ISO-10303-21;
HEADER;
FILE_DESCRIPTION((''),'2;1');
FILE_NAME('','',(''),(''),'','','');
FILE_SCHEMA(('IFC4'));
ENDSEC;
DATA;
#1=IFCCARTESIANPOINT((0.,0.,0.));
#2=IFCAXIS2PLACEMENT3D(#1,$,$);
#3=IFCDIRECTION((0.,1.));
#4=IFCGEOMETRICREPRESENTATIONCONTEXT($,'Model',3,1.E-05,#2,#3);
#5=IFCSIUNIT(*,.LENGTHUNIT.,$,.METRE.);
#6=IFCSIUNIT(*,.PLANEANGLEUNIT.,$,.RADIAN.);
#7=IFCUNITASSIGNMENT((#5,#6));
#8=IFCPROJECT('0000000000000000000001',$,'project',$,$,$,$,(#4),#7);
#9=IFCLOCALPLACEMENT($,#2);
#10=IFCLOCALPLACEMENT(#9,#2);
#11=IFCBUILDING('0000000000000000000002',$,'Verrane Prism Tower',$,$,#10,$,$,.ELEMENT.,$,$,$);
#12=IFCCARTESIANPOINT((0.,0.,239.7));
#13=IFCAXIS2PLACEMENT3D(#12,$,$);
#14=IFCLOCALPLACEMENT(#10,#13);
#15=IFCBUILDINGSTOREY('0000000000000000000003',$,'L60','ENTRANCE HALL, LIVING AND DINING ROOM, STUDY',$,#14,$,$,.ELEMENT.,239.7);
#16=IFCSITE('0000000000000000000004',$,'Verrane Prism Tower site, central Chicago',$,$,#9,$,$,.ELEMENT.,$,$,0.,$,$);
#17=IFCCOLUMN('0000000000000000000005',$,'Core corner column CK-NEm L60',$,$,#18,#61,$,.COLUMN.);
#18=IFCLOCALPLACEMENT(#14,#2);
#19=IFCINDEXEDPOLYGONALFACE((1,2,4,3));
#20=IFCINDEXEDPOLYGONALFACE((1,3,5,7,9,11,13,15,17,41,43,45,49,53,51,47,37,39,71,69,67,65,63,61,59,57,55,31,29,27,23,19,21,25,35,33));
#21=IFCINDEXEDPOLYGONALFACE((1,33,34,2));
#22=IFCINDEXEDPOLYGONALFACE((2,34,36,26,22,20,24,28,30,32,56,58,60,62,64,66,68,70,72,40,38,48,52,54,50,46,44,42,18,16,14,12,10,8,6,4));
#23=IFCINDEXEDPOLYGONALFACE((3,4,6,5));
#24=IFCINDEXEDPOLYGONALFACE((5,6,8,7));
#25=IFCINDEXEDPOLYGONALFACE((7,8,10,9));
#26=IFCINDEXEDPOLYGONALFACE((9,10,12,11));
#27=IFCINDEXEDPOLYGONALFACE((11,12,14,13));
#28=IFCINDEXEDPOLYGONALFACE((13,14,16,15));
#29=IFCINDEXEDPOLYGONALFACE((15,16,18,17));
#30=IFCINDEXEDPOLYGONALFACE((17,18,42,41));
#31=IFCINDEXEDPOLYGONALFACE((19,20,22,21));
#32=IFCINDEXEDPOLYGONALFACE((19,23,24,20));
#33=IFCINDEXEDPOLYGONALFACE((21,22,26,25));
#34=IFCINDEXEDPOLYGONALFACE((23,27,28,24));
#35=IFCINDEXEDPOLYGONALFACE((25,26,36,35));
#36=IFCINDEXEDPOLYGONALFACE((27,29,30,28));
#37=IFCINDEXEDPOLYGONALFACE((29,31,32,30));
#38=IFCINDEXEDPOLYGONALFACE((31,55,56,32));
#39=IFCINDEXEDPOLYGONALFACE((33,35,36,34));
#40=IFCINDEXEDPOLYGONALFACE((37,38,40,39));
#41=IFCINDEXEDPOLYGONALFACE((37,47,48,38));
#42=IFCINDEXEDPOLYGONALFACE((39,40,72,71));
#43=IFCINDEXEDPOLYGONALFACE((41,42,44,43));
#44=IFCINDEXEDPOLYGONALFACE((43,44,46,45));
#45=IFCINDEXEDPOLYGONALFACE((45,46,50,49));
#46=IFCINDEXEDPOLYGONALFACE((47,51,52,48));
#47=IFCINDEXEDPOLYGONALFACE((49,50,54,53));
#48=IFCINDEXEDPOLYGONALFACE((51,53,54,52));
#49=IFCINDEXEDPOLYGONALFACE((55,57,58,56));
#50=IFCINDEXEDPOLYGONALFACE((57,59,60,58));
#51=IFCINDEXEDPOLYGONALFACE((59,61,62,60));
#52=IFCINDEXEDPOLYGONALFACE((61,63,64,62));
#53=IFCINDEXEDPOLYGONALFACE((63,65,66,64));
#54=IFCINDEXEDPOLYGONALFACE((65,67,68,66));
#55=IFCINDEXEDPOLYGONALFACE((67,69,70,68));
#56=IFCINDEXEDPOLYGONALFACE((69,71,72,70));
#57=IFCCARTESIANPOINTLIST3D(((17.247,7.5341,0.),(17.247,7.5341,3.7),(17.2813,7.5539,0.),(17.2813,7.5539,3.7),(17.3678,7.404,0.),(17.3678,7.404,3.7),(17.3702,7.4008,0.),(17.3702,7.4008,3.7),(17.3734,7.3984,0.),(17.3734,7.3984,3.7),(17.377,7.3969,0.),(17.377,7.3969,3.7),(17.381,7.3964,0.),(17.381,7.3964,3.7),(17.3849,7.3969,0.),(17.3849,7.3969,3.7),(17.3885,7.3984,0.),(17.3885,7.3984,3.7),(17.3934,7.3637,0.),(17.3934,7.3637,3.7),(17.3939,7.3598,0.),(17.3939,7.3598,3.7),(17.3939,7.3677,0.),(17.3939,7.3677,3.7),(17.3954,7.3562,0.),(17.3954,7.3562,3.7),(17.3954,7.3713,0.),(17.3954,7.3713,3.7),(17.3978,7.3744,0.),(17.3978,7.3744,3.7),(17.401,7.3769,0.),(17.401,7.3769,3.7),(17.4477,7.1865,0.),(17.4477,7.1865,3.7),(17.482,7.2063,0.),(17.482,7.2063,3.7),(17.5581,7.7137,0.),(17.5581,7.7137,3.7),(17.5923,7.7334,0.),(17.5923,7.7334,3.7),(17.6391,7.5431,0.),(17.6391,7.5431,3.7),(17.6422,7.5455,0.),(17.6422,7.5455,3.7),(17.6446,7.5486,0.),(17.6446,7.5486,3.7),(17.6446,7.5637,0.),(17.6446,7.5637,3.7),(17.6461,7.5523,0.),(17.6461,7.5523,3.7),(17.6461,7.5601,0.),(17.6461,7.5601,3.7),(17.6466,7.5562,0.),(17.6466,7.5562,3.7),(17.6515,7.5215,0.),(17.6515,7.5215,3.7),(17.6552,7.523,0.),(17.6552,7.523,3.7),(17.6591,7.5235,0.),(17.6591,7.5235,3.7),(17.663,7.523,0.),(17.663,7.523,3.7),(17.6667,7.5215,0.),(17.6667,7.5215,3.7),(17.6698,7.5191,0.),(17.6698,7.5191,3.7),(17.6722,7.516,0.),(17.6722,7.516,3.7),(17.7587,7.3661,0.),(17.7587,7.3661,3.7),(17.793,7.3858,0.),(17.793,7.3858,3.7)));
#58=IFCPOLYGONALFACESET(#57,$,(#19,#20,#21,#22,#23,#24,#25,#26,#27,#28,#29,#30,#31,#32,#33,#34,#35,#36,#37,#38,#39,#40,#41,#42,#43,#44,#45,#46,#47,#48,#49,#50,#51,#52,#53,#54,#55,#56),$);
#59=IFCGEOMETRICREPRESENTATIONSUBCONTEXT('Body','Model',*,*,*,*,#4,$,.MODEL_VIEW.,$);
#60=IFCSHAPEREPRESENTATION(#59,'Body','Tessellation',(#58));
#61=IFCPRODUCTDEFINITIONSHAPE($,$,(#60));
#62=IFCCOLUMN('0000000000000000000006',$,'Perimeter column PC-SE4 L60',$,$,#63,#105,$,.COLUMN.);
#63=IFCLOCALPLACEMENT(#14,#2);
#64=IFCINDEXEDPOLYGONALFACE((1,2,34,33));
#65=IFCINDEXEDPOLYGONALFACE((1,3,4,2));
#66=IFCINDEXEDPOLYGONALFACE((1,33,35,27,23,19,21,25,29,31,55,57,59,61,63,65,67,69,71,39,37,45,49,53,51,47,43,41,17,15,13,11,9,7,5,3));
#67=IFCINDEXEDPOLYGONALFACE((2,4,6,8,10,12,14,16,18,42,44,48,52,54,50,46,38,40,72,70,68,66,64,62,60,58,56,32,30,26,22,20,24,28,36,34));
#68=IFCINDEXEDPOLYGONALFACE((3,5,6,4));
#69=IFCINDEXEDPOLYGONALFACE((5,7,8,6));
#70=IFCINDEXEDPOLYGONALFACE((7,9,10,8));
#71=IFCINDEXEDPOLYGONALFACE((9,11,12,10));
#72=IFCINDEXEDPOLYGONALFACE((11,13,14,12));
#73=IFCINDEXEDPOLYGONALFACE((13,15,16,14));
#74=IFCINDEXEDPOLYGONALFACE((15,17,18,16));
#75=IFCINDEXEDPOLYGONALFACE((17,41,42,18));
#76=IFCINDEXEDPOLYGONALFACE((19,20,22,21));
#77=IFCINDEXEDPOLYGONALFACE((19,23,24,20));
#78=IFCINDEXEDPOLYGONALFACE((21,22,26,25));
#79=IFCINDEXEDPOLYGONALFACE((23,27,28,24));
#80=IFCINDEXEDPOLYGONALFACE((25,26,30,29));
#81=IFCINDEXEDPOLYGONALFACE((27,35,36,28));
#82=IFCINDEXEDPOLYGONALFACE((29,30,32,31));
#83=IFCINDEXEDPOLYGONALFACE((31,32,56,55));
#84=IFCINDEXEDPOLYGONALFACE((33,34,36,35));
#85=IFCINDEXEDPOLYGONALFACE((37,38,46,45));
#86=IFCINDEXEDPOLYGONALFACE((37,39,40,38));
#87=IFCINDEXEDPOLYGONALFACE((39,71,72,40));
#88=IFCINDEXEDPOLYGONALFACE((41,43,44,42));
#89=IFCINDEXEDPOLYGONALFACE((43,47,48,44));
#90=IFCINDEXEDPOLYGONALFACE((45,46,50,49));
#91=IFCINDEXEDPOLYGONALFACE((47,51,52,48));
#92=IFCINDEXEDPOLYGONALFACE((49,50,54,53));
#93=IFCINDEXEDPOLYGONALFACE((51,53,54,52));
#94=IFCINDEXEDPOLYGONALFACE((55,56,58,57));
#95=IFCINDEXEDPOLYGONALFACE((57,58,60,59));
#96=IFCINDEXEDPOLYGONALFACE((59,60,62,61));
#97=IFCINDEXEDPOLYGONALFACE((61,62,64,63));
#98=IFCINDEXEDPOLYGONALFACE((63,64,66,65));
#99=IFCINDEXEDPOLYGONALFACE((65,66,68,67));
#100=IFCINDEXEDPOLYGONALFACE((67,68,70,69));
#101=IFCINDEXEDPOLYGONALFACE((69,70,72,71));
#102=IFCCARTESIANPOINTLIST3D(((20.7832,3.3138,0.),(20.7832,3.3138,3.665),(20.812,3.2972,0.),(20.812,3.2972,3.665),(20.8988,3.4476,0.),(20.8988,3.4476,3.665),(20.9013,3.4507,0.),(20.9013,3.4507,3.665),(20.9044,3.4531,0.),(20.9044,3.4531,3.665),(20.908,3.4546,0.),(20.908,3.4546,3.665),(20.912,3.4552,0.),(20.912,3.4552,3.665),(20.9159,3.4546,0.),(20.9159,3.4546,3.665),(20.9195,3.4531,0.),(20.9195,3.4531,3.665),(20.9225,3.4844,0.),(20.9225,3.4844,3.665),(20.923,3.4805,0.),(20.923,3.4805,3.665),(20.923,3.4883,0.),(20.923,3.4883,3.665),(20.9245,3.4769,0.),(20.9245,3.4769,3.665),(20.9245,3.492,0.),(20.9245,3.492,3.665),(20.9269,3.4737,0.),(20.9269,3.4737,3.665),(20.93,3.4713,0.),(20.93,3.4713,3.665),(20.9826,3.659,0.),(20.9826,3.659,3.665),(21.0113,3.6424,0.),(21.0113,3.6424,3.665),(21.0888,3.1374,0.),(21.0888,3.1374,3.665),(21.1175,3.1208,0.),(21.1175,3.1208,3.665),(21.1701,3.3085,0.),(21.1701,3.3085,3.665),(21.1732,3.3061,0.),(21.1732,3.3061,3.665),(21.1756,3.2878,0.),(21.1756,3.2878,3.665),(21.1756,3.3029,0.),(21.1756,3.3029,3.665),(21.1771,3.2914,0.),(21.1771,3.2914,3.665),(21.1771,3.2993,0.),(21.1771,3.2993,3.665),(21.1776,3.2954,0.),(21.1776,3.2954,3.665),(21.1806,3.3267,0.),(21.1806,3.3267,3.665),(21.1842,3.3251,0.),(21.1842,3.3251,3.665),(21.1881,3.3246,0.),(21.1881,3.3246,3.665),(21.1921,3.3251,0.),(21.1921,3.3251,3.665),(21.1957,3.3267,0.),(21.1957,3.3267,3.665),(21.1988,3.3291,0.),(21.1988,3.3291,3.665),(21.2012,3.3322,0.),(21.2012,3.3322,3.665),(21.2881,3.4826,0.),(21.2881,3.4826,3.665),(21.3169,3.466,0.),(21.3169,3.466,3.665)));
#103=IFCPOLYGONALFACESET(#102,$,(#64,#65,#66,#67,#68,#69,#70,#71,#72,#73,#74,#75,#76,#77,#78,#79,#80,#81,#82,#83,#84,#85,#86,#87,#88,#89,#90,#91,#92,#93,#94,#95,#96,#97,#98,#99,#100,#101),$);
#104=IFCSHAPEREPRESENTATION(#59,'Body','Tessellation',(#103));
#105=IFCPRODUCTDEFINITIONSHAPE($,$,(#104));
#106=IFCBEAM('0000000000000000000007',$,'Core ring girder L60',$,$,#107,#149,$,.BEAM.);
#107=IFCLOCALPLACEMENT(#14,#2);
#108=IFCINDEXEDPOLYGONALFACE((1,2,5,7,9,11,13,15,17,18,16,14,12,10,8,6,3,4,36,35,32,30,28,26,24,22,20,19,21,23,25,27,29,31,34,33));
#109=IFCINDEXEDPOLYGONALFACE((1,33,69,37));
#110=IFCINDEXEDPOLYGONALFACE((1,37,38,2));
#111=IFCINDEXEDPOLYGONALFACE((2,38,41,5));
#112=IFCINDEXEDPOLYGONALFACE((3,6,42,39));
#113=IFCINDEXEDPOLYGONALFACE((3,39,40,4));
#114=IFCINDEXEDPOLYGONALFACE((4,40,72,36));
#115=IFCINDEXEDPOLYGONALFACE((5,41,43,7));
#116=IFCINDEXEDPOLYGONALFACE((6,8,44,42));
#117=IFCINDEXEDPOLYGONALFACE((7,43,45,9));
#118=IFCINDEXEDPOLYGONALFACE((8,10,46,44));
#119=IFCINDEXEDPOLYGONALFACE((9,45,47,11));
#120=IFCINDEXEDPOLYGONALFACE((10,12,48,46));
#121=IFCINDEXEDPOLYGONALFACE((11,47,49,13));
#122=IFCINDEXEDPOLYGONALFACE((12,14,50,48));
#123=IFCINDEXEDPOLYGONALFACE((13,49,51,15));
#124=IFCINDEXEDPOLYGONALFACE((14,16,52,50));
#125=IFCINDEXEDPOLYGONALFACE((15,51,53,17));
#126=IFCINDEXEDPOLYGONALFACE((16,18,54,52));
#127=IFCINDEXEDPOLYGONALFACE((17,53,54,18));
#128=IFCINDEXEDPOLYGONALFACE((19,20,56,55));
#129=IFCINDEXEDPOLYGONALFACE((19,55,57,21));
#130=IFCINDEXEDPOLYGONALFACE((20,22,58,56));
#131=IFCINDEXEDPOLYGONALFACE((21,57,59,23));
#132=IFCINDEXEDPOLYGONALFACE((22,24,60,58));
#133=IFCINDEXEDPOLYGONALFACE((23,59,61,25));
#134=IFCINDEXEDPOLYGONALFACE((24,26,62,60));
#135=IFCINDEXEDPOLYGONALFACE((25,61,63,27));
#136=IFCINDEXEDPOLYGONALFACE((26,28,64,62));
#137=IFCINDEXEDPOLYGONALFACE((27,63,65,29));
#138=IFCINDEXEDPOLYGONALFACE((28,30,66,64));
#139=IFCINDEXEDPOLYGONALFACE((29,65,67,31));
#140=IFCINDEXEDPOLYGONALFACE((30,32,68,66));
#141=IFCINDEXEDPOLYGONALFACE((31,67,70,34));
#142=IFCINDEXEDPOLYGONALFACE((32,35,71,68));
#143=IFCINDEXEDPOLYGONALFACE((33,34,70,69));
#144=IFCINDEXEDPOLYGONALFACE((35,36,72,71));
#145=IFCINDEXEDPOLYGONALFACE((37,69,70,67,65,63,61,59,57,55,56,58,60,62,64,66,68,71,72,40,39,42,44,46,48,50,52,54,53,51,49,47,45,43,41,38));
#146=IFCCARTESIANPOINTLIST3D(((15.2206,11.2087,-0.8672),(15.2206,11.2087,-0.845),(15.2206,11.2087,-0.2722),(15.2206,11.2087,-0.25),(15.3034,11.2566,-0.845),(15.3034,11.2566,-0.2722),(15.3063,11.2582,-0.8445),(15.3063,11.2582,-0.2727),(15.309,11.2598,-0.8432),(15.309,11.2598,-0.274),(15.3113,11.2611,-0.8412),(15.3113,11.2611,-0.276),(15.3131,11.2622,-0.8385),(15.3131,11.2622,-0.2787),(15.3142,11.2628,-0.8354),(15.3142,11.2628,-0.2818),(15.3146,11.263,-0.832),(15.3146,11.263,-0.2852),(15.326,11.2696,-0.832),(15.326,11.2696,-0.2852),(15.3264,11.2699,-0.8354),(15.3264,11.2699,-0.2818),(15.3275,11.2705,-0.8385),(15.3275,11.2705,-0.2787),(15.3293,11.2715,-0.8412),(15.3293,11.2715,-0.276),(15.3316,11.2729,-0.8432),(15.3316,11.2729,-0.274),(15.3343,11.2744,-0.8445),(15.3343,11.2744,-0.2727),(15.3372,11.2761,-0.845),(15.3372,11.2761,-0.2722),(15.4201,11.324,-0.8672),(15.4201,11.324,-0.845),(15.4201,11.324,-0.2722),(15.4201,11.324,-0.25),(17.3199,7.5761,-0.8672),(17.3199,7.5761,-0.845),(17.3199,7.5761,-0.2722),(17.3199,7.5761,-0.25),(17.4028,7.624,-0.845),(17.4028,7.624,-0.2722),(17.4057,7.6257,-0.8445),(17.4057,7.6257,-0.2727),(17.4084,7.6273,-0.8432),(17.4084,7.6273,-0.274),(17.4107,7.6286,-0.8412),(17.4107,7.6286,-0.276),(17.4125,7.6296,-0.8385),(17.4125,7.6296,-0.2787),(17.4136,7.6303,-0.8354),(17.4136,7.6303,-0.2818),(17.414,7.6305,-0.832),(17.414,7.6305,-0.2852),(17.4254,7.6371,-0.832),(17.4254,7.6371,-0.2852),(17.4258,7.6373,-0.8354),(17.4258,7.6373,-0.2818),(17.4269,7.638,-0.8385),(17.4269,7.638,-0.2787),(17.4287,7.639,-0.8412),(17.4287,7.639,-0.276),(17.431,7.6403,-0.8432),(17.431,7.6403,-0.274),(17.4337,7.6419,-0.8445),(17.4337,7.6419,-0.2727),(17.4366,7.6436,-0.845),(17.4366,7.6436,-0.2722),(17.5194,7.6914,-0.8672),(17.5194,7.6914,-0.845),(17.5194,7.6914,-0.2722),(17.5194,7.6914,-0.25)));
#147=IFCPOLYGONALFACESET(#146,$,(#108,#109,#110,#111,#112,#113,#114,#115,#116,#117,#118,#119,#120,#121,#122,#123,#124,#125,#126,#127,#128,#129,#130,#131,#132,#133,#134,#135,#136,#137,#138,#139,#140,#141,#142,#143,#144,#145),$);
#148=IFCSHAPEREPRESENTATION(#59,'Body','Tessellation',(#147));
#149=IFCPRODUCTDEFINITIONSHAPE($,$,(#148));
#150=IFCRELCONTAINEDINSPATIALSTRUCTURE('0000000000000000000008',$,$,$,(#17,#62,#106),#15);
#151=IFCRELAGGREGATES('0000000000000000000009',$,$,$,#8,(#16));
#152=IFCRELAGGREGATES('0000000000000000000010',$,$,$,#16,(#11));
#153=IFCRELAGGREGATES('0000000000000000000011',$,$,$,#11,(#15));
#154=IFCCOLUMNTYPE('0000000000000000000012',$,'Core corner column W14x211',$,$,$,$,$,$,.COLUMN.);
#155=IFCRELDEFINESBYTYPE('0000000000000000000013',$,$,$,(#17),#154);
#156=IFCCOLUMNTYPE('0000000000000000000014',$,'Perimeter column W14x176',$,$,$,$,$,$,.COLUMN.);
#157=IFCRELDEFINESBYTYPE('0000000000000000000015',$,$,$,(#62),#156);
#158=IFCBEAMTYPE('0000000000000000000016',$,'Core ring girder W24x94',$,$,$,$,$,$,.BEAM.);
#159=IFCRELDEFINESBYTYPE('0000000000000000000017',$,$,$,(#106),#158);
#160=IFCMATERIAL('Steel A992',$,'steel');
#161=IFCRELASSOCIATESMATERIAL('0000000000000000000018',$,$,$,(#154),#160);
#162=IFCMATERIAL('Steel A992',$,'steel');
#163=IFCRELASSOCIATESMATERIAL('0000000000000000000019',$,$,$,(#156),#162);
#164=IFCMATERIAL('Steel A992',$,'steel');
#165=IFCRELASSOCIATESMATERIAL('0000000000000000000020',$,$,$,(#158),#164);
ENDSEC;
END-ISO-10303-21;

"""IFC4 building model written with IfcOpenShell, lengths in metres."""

from ifc_helpers import new_model, si_unit, direction, frame, origin, origin_2d, place, context, subcontext, project, spatial, i_section, extrude, material, material_profile, profile_set, type_object, element, save


model = new_model("IFC4")

# Units and contexts
model_context = context("Model", 3, precision=1e-05, world=origin(), true_north=direction((0.0, 1.0)))
body_context = subcontext(model_context, "Body", "Model", "MODEL_VIEW")
ifc_project = project(units=[si_unit("LENGTHUNIT", "METRE"), si_unit("PLANEANGLEUNIT", "RADIAN")], contexts=[model_context])

# Site, building, storey
site_placement = place(None, origin())
site = spatial("IfcSite", under=ifc_project, at=site_placement, Name="Verrane Prism Tower site, central Chicago", CompositionType="ELEMENT", RefElevation=0.0)
building_placement = place(site_placement, origin())
building = spatial("IfcBuilding", under=site, at=building_placement, Name="Verrane Prism Tower", CompositionType="ELEMENT")
storey_placement = place(building_placement, frame((0.0, 0.0, 239.7)))
storey = spatial("IfcBuildingStorey", under=building, at=storey_placement, Name="L60", Description="ENTRANCE HALL, LIVING AND DINING ROOM, STUDY", CompositionType="ELEMENT", Elevation=239.7)

# Columns
ifc_material_1 = material(Name="Steel A992", Category="steel")
ifc_material_profile_1 = material_profile(ifc_material_1, i_section(OverallWidth=0.4014, OverallDepth=0.3987, WebThickness=0.0249, FlangeThickness=0.0396, FilletRadius=0.0151, at=origin_2d()), Name="W14x211")
ifc_profile_set_1 = profile_set([ifc_material_profile_1], Name="Steel A992")
column_type_1 = type_object("IfcColumnType", Name="Core corner column W14x211", PredefinedType="COLUMN", material=ifc_profile_set_1)
column_1_placement = place(storey_placement, frame((17.52, 7.46, 0.0), z_axis=(0.0, 0.0, 1.0), x_axis=(0.5, -0.866025, 0.0)))
element("IfcColumn", 1, at=column_1_placement, inside=storey, type_object=column_type_1, Name="Core corner column CK-NEm L60", PredefinedType="COLUMN", context=body_context, shape_type="SweptSolid", body=[
    extrude(i_section(OverallWidth=0.4014, OverallDepth=0.3987, WebThickness=0.0249, FlangeThickness=0.0396, FilletRadius=0.0151, at=origin_2d()), origin(), (0.0, 0.0, 1.0), 3.7),
])
ifc_material_2 = material(Name="Steel A992", Category="steel")
ifc_material_profile_2 = material_profile(ifc_material_2, i_section(OverallWidth=0.3987, OverallDepth=0.386, WebThickness=0.021, FlangeThickness=0.0332, FilletRadius=0.0151, at=origin_2d()), Name="W14x176")
ifc_profile_set_2 = profile_set([ifc_material_profile_2], Name="Steel A992")
column_type_2 = type_object("IfcColumnType", Name="Perimeter column W14x176", PredefinedType="COLUMN", material=ifc_profile_set_2)
column_2_placement = place(storey_placement, frame((21.05, 3.3899, 0.0), z_axis=(0.0, 0.0, 1.0), x_axis=(-0.5, -0.866025, 0.0)))
element("IfcColumn", 2, at=column_2_placement, inside=storey, type_object=column_type_2, Name="Perimeter column PC-SE4 L60", PredefinedType="COLUMN", context=body_context, shape_type="SweptSolid", body=[
    extrude(i_section(OverallWidth=0.3987, OverallDepth=0.386, WebThickness=0.021, FlangeThickness=0.0332, FilletRadius=0.0151, at=origin_2d()), origin(), (0.0, 0.0, 1.0), 3.665),
])

# Beam
ifc_material_3 = material(Name="Steel A992", Category="steel")
ifc_material_profile_3 = material_profile(ifc_material_3, i_section(OverallWidth=0.2305, OverallDepth=0.6172, WebThickness=0.0132, FlangeThickness=0.0222, FilletRadius=0.0129, at=origin_2d()), Name="W24x94")
ifc_profile_set_3 = profile_set([ifc_material_profile_3], Name="Steel A992")
beam_type_1 = type_object("IfcBeamType", Name="Core ring girder W24x94", PredefinedType="BEAM", material=ifc_profile_set_3)
beam_1_placement = place(storey_placement, frame((17.4197, 7.6338, -0.5586), z_axis=(-0.500376, 0.865808, 0.0), x_axis=(-0.865808, -0.500376, 0.0)))
element("IfcBeam", 3, at=beam_1_placement, inside=storey, type_object=beam_type_1, Name="Core ring girder L60", PredefinedType="BEAM", context=body_context, shape_type="SweptSolid", body=[
    extrude(i_section(OverallWidth=0.2305, OverallDepth=0.6172, WebThickness=0.0132, FlangeThickness=0.0222, FilletRadius=0.0129, at=origin_2d()), origin(), (0.0, 0.0, 1.0), 4.1956),
])

save(model, "model.ifc")
